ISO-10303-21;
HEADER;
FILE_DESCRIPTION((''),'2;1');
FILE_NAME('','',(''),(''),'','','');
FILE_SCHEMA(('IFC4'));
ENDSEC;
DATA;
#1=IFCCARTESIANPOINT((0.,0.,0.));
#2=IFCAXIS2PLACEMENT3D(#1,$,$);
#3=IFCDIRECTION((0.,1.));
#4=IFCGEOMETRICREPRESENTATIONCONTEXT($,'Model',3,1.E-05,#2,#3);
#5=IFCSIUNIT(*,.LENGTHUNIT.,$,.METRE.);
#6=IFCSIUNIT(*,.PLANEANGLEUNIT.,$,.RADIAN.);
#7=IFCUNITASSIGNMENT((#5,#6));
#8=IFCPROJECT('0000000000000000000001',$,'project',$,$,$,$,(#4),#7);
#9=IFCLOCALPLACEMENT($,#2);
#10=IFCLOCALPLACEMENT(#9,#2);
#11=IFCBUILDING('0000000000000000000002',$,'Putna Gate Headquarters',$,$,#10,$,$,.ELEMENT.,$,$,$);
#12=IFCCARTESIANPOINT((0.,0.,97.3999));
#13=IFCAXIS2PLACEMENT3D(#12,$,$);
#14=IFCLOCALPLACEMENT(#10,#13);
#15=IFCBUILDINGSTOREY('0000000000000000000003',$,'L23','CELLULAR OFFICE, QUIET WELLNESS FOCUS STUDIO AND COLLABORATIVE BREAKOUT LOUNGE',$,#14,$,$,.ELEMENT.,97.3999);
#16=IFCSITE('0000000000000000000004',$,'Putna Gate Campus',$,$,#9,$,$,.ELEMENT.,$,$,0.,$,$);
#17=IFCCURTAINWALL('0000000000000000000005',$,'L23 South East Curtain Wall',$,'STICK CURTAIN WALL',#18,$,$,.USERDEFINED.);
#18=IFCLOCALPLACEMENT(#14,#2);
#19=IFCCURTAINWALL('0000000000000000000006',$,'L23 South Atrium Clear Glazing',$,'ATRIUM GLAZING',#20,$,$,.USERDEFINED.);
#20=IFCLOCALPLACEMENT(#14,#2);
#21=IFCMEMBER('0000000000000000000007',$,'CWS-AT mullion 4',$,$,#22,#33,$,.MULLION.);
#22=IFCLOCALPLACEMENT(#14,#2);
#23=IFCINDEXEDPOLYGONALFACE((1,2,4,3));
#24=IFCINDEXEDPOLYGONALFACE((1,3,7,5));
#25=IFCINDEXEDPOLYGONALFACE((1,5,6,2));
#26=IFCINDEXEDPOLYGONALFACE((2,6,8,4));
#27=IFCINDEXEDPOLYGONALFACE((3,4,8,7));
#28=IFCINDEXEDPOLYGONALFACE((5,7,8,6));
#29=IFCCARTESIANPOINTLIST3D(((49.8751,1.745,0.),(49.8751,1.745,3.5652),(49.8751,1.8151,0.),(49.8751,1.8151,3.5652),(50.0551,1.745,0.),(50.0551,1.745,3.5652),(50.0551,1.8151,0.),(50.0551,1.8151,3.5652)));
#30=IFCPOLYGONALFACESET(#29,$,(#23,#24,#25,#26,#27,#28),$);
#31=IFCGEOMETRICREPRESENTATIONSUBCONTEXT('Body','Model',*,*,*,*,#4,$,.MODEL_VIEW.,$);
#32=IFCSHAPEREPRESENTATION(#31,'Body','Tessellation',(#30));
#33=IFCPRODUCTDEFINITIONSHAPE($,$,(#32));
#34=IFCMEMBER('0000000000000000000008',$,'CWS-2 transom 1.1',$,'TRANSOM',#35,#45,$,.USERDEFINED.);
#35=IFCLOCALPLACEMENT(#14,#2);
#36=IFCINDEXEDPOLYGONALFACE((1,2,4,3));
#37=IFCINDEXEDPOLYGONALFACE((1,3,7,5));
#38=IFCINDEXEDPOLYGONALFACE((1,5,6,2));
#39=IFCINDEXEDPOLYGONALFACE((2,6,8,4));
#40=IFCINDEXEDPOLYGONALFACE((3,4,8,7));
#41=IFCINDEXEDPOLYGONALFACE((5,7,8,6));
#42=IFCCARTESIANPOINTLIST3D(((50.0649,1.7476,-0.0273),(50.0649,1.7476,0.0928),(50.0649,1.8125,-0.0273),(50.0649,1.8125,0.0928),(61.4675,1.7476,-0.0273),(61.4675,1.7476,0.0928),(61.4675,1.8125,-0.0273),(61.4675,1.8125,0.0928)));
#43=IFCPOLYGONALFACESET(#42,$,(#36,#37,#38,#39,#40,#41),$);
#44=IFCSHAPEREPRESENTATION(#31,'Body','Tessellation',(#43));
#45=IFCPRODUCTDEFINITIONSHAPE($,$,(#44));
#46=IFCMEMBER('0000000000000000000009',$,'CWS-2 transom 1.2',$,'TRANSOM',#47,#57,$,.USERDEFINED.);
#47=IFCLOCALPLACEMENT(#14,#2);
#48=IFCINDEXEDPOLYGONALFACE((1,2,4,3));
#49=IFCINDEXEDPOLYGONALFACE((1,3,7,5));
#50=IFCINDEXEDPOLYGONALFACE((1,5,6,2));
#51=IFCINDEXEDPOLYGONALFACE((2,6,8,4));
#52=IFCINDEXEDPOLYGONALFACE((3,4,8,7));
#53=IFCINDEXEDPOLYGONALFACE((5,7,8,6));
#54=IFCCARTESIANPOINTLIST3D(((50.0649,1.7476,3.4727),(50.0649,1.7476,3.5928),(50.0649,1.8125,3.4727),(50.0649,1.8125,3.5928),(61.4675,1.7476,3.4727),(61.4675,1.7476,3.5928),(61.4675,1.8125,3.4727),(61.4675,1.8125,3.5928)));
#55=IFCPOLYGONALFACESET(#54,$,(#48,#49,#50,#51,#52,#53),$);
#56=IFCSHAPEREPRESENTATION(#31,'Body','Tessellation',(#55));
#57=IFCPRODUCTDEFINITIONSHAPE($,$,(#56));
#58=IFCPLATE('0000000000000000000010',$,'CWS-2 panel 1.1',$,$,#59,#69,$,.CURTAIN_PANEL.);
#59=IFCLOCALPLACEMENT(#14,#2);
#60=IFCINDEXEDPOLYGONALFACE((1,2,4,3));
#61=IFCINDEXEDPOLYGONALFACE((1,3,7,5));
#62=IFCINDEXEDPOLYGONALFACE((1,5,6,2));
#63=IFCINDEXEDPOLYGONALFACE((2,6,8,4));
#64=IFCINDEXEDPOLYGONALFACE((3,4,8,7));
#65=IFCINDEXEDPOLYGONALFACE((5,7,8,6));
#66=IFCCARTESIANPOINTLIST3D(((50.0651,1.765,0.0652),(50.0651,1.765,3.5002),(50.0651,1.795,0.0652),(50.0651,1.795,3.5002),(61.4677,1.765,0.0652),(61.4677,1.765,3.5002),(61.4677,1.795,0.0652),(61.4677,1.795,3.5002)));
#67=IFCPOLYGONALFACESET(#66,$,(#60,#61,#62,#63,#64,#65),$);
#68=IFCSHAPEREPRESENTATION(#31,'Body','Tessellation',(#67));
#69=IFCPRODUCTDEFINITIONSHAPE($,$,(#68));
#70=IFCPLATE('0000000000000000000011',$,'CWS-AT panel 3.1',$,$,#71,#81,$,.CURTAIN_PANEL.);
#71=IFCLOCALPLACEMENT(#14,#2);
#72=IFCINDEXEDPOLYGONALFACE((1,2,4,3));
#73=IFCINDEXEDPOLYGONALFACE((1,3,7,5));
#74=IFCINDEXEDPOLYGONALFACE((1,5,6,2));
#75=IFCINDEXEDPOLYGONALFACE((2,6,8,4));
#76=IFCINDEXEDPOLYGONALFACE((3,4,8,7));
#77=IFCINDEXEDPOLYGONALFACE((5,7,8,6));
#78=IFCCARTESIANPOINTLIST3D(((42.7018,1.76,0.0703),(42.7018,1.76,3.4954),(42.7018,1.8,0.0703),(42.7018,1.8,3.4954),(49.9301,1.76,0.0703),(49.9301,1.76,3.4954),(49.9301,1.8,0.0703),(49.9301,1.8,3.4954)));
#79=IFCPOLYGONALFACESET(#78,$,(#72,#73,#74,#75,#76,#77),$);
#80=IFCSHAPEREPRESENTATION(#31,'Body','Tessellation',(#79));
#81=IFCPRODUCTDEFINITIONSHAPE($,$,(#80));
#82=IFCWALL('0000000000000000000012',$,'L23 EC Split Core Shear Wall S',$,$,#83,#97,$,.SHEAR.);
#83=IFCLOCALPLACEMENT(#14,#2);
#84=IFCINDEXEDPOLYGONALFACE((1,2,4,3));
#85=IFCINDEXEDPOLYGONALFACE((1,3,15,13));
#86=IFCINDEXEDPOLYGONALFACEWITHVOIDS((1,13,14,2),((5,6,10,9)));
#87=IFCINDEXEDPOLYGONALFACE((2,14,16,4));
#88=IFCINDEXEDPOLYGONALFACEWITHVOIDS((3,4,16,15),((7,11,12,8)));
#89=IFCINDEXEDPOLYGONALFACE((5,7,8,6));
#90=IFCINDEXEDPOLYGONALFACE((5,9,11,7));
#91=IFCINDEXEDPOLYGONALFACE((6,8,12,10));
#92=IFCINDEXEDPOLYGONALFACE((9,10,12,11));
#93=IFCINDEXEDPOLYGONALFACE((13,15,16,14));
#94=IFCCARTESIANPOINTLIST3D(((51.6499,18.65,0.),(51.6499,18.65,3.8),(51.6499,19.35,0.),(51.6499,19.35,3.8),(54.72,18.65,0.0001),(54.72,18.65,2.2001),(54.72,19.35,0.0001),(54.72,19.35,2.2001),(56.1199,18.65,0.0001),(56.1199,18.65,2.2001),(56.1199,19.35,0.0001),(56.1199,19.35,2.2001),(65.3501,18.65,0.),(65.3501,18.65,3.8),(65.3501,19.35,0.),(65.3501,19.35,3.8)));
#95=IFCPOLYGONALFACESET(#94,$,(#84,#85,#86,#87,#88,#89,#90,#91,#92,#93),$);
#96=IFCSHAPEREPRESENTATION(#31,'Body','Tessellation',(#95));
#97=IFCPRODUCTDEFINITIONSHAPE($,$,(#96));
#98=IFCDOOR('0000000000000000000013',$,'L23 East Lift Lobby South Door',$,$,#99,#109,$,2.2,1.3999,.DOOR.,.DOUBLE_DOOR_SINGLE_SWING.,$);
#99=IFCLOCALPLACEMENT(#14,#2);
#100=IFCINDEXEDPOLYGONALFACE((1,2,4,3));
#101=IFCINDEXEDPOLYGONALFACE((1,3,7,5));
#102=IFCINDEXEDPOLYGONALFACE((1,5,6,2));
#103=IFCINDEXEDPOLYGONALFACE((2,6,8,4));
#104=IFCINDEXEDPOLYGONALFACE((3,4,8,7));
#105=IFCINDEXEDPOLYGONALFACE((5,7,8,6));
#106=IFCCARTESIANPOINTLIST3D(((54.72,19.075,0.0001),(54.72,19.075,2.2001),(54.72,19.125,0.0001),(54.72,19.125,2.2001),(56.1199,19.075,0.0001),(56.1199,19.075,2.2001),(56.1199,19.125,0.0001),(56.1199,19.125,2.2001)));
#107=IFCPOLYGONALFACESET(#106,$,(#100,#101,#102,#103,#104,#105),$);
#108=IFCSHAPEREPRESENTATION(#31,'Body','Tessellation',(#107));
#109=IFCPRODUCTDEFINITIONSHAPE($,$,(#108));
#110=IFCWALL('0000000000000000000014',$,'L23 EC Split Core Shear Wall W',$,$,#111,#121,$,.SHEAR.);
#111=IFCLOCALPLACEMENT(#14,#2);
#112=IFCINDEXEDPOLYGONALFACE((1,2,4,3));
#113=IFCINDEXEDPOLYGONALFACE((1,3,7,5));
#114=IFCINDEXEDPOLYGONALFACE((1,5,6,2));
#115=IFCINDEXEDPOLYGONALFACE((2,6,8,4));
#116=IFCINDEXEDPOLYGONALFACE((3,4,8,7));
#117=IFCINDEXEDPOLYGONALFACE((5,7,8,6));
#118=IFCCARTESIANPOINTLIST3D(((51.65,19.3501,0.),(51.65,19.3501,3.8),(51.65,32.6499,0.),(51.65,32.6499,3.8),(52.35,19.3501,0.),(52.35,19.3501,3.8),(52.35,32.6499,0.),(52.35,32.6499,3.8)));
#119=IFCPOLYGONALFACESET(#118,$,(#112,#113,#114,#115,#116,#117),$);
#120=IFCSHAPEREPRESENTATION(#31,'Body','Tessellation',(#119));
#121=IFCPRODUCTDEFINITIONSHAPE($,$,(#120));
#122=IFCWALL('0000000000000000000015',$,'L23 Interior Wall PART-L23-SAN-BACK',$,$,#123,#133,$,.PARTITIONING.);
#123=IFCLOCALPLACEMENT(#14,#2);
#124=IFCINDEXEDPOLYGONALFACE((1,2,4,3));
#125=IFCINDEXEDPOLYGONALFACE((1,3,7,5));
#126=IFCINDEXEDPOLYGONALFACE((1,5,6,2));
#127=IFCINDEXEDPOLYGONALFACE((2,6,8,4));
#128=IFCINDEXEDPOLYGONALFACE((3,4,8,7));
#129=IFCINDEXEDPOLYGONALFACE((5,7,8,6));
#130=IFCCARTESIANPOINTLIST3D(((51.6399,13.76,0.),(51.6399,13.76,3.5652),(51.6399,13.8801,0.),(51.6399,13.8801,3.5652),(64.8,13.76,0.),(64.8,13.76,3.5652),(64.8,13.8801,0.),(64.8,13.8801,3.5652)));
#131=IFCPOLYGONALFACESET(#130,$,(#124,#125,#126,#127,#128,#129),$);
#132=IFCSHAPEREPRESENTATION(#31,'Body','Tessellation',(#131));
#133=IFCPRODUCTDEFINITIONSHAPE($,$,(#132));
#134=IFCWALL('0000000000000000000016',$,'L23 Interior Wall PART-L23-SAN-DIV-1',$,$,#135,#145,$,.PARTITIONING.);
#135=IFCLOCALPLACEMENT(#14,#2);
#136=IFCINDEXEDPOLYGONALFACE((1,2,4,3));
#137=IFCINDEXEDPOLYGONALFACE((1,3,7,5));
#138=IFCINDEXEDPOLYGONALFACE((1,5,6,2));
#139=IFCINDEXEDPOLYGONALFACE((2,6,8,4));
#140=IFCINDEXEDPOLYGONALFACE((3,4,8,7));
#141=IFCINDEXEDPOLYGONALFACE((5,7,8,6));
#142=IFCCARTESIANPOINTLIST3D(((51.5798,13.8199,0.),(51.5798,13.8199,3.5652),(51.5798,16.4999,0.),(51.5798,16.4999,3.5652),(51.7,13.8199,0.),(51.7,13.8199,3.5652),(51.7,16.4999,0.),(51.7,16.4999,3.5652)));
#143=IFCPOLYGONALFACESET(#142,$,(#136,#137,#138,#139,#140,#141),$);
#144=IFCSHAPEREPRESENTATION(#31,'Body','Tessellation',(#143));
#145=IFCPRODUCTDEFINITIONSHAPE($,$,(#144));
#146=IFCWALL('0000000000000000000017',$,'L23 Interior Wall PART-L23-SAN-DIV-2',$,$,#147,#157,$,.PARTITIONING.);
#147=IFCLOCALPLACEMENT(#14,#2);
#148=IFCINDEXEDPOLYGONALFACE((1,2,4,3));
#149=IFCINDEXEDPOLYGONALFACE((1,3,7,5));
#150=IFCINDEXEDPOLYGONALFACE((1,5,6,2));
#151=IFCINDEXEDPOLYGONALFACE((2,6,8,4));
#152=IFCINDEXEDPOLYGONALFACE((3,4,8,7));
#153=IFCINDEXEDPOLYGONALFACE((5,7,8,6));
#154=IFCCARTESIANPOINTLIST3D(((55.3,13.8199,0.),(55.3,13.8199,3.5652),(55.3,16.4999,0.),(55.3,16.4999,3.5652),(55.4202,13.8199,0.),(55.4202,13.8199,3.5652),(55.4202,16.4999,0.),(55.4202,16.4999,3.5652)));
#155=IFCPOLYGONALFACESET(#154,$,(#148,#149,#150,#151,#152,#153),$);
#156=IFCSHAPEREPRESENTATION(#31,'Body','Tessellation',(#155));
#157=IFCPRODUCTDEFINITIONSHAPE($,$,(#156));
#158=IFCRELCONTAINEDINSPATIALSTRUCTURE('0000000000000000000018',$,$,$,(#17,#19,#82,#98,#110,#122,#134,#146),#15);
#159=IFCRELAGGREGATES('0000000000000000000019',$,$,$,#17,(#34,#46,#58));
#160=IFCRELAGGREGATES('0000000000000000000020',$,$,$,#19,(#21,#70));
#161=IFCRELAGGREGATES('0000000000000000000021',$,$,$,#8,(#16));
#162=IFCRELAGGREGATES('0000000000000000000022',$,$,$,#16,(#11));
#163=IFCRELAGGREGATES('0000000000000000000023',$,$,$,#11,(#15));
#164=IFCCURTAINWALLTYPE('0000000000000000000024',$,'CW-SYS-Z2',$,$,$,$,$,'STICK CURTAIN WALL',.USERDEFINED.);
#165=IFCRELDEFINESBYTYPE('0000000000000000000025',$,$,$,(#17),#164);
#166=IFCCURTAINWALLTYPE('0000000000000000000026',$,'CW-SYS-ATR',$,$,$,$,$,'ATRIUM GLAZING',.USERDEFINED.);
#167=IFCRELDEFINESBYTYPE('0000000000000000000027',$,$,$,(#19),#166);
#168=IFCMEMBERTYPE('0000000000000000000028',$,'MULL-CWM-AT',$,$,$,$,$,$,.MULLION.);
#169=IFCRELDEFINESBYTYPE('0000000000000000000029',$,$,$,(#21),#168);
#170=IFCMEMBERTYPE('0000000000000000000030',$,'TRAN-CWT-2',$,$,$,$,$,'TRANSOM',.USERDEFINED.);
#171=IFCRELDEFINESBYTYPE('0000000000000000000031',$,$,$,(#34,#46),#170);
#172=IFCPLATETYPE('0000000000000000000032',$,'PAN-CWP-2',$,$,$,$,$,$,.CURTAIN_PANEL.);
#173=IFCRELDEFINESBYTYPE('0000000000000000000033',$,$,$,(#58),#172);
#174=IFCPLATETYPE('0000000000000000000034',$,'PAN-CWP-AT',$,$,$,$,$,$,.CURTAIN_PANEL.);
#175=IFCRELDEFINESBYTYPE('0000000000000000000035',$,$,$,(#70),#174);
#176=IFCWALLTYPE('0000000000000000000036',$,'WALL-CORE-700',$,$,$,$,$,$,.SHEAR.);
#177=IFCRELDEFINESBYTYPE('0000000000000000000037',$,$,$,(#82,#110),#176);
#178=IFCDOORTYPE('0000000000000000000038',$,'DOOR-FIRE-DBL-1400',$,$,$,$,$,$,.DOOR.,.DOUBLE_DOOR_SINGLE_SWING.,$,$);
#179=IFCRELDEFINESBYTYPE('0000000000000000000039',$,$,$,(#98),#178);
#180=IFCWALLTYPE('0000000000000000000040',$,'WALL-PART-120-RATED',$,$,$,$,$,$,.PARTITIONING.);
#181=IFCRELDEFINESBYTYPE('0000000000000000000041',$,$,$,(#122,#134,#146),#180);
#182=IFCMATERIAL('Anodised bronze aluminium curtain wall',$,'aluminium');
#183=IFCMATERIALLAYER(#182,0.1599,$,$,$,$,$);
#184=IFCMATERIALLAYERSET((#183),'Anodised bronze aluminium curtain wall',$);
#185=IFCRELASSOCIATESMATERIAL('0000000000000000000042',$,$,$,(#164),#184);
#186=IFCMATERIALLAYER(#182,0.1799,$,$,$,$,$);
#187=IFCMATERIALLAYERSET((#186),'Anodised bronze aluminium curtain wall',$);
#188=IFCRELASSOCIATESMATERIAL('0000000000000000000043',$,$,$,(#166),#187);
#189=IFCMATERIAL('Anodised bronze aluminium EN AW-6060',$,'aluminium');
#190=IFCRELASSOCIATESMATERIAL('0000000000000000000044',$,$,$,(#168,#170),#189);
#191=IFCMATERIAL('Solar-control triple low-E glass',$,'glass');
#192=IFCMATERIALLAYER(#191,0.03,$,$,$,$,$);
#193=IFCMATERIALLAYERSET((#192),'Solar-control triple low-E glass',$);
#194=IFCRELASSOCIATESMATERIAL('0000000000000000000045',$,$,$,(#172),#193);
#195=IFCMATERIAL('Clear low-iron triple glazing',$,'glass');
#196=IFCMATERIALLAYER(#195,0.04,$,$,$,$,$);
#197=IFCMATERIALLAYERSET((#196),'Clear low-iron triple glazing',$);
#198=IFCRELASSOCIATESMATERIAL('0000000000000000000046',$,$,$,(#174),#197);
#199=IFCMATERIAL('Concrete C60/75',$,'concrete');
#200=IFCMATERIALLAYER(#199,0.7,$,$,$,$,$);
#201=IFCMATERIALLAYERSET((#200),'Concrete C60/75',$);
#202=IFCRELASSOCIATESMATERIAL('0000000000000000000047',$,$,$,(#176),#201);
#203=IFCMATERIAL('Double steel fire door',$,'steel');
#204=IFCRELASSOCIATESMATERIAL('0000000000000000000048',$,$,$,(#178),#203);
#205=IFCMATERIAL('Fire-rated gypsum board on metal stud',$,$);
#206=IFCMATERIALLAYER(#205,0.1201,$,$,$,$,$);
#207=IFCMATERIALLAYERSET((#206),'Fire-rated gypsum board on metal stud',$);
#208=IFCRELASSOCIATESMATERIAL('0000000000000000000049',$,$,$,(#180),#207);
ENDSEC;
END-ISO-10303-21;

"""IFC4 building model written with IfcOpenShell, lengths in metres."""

from ifc_helpers import new_model, si_unit, direction, frame, frame_2d, origin, origin_2d, place, context, subcontext, project, spatial, rectangle, extrude, material, layer, layer_set, material_profile, profile_set, type_object, element, fill, aggregate, save


model = new_model("IFC4")

# Units and contexts
model_context = context("Model", 3, precision=1e-05, world=origin(), true_north=direction((0.0, 1.0)))
body_context = subcontext(model_context, "Body", "Model", "MODEL_VIEW")
ifc_project = project(units=[si_unit("LENGTHUNIT", "METRE"), si_unit("PLANEANGLEUNIT", "RADIAN")], contexts=[model_context])

# Site, building, storey
site_placement = place(None, origin())
site = spatial("IfcSite", under=ifc_project, at=site_placement, Name="Putna Gate Campus", CompositionType="ELEMENT", RefElevation=0.0)
building_placement = place(site_placement, origin())
building = spatial("IfcBuilding", under=site, at=building_placement, Name="Putna Gate Headquarters", CompositionType="ELEMENT")
storey_placement = place(building_placement, frame((0.0, 0.0, 97.3999)))
storey = spatial("IfcBuildingStorey", under=building, at=storey_placement, Name="L23", Description="CELLULAR OFFICE, QUIET WELLNESS FOCUS STUDIO AND COLLABORATIVE BREAKOUT LOUNGE", CompositionType="ELEMENT", Elevation=97.3999)

# Shared definitions
ifc_material_1 = material(Name="Concrete C60/75", Category="concrete")

# Curtain walls, member
ifc_material_2 = material(Name="Anodised bronze aluminium curtain wall", Category="aluminium")
ifc_layer_1 = layer(ifc_material_2, 0.1599)
ifc_layer_set_1 = layer_set([ifc_layer_1], Name="Anodised bronze aluminium curtain wall")
curtain_wall_type_1 = type_object("IfcCurtainWallType", Name="CW-SYS-Z2", ElementType="STICK CURTAIN WALL", PredefinedType="USERDEFINED", material=ifc_layer_set_1)
curtain_wall_1_placement = place(storey_placement, origin())
curtain_wall_1 = element("IfcCurtainWall", 1, at=curtain_wall_1_placement, inside=storey, type_object=curtain_wall_type_1, Name="L23 South East Curtain Wall", ObjectType="STICK CURTAIN WALL", PredefinedType="USERDEFINED")
ifc_material_3 = material(Name="Anodised bronze aluminium EN AW-6060", Category="aluminium")
ifc_layer_2 = layer(ifc_material_2, 0.1799)
ifc_layer_set_2 = layer_set([ifc_layer_2], Name="Anodised bronze aluminium curtain wall")
curtain_wall_type_2 = type_object("IfcCurtainWallType", Name="CW-SYS-ATR", ElementType="ATRIUM GLAZING", PredefinedType="USERDEFINED", material=ifc_layer_set_2)
curtain_wall_2_placement = place(storey_placement, origin())
curtain_wall_2 = element("IfcCurtainWall", 2, at=curtain_wall_2_placement, inside=storey, type_object=curtain_wall_type_2, Name="L23 South Atrium Clear Glazing", ObjectType="ATRIUM GLAZING", PredefinedType="USERDEFINED")
ifc_material_profile_1 = material_profile(ifc_material_3, rectangle(XDim=0.0701, YDim=0.1799, at=origin_2d()), Name="Anodised bronze aluminium EN AW-6060")
ifc_profile_set_1 = profile_set([ifc_material_profile_1], Name="Anodised bronze aluminium EN AW-6060")
member_type_1 = type_object("IfcMemberType", Name="MULL-CWM-AT", PredefinedType="MULLION", material=ifc_profile_set_1)
member_1_placement = place(storey_placement, frame((49.9651, 1.78, 0.0), z_axis=(0.0, 0.0, 1.0), x_axis=(0.0, 1.0, 0.0)))
member_1 = element("IfcMember", 3, at=member_1_placement, type_object=member_type_1, Name="CWS-AT mullion 4", PredefinedType="MULLION", context=body_context, shape_type="SweptSolid", body=[
    extrude(rectangle(XDim=0.0701, YDim=0.1799, at=origin_2d()), origin(), (0.0, 0.0, 1.0), 3.5652),
])

# Members
ifc_material_profile_2 = material_profile(ifc_material_3, rectangle(XDim=0.0649, YDim=0.1201, at=origin_2d()), Name="Anodised bronze aluminium EN AW-6060")
ifc_profile_set_2 = profile_set([ifc_material_profile_2], Name="Anodised bronze aluminium EN AW-6060")
member_type_2 = type_object("IfcMemberType", Name="TRAN-CWT-2", ElementType="TRANSOM", PredefinedType="USERDEFINED", material=ifc_profile_set_2)
member_2_placement = place(storey_placement, frame((50.0649, 1.78, 0.0327), z_axis=(1.0, 0.0, 0.0), x_axis=(0.0, 1.0, 0.0)))
member_2 = element("IfcMember", 4, at=member_2_placement, type_object=member_type_2, Name="CWS-2 transom 1.1", ObjectType="TRANSOM", PredefinedType="USERDEFINED", context=body_context, shape_type="SweptSolid", body=[
    extrude(rectangle(XDim=0.0649, YDim=0.1201, at=origin_2d()), origin(), (0.0, 0.0, 1.0), 11.4026),
])
member_3_placement = place(storey_placement, frame((50.0649, 1.78, 3.5327), z_axis=(1.0, 0.0, 0.0), x_axis=(0.0, 1.0, 0.0)))
member_3 = element("IfcMember", 5, at=member_3_placement, type_object=member_type_2, Name="CWS-2 transom 1.2", ObjectType="TRANSOM", PredefinedType="USERDEFINED", context=body_context, shape_type="SweptSolid", body=[
    extrude(rectangle(XDim=0.0649, YDim=0.1201, at=origin_2d()), origin(), (0.0, 0.0, 1.0), 11.4026),
])

# Plates
ifc_material_4 = material(Name="Solar-control triple low-E glass", Category="glass")
ifc_layer_3 = layer(ifc_material_4, 0.03)
ifc_layer_set_3 = layer_set([ifc_layer_3], Name="Solar-control triple low-E glass")
plate_type_1 = type_object("IfcPlateType", Name="PAN-CWP-2", PredefinedType="CURTAIN_PANEL", material=ifc_layer_set_3)
plate_1_placement = place(storey_placement, frame((55.7664, 1.78, 0.0652), z_axis=(0.0, 0.0, 1.0), x_axis=(1.0, 0.0, 0.0)))
plate_1 = element("IfcPlate", 6, at=plate_1_placement, type_object=plate_type_1, Name="CWS-2 panel 1.1", PredefinedType="CURTAIN_PANEL", context=body_context, shape_type="SweptSolid", body=[
    extrude(rectangle(XDim=11.4026, YDim=0.03, at=origin_2d()), origin(), (0.0, 0.0, 1.0), 3.4351),
])
aggregate(curtain_wall_1, [member_2, member_3, plate_1])
ifc_material_5 = material(Name="Clear low-iron triple glazing", Category="glass")
ifc_layer_4 = layer(ifc_material_5, 0.04)
ifc_layer_set_4 = layer_set([ifc_layer_4], Name="Clear low-iron triple glazing")
plate_type_2 = type_object("IfcPlateType", Name="PAN-CWP-AT", PredefinedType="CURTAIN_PANEL", material=ifc_layer_set_4)
plate_2_placement = place(storey_placement, frame((46.3159, 1.78, 0.0703), z_axis=(0.0, 0.0, 1.0), x_axis=(1.0, 0.0, 0.0)))
plate_2 = element("IfcPlate", 7, at=plate_2_placement, type_object=plate_type_2, Name="CWS-AT panel 3.1", PredefinedType="CURTAIN_PANEL", context=body_context, shape_type="SweptSolid", body=[
    extrude(rectangle(XDim=7.2283, YDim=0.04, at=origin_2d()), origin(), (0.0, 0.0, 1.0), 3.425),
])
aggregate(curtain_wall_2, [member_1, plate_2])

# Wall, opening, door
ifc_layer_5 = layer(ifc_material_1, 0.7)
ifc_layer_set_5 = layer_set([ifc_layer_5], Name="Concrete C60/75")
wall_type_1 = type_object("IfcWallType", Name="WALL-CORE-700", PredefinedType="SHEAR", material=ifc_layer_set_5)
wall_1_placement = place(storey_placement, frame((51.6499, 19.0, 0.0), z_axis=(0.0, 0.0, 1.0), x_axis=(1.0, 0.0, 0.0)))
wall_1 = element("IfcWall", 8, at=wall_1_placement, inside=storey, type_object=wall_type_1, Name="L23 EC Split Core Shear Wall S", PredefinedType="SHEAR", context=body_context, shape_type="SweptSolid", body=[
    extrude(rectangle(XDim=13.7002, YDim=0.7, at=frame_2d((6.8501, 0.0))), origin(), (0.0, 0.0, 1.0), 3.8),
])
opening_1_placement = place(wall_1_placement, frame((3.0701, 0.0, 0.0)))
opening_1 = element("IfcOpeningElement", 9, at=opening_1_placement, cuts=wall_1, PredefinedType="OPENING", context=body_context, shape_type="SweptSolid", body=[
    extrude(rectangle(XDim=1.3999, YDim=2.2, at=frame_2d((0.7, 1.1001))), frame((0.0, 0.3599, 0.0), z_axis=(0.0, -1.0, 0.0), x_axis=(1.0, 0.0, 0.0)), (0.0, 0.0, 1.0), 0.72),
])
ifc_material_6 = material(Name="Double steel fire door", Category="steel")
door_type_1 = type_object("IfcDoorType", Name="DOOR-FIRE-DBL-1400", OperationType="DOUBLE_DOOR_SINGLE_SWING", PredefinedType="DOOR", material=ifc_material_6)
door_1_placement = place(opening_1_placement, origin())
door_1 = element("IfcDoor", 10, at=door_1_placement, inside=storey, type_object=door_type_1, Name="L23 East Lift Lobby South Door", OperationType="DOUBLE_DOOR_SINGLE_SWING", OverallHeight=2.2, OverallWidth=1.3999, PredefinedType="DOOR", context=body_context, shape_type="SweptSolid", body=[
    extrude(rectangle(XDim=1.3999, YDim=2.2, at=frame_2d((0.7, 1.1001))), frame((0.0, 0.125, 0.0), z_axis=(0.0, -1.0, 0.0), x_axis=(1.0, 0.0, 0.0)), (0.0, 0.0, 1.0), 0.05),
])
fill(opening_1, door_1)

# Wall
wall_2_placement = place(storey_placement, frame((52.0, 19.3501, 0.0), z_axis=(0.0, 0.0, 1.0), x_axis=(0.0, 1.0, 0.0)))
element("IfcWall", 11, at=wall_2_placement, inside=storey, type_object=wall_type_1, Name="L23 EC Split Core Shear Wall W", PredefinedType="SHEAR", context=body_context, shape_type="SweptSolid", body=[
    extrude(rectangle(XDim=13.2998, YDim=0.7, at=frame_2d((6.6499, 0.0))), origin(), (0.0, 0.0, 1.0), 3.8),
])

# Shared definitions
ifc_material_7 = material(Name="Fire-rated gypsum board on metal stud")
ifc_layer_6 = layer(ifc_material_7, 0.1201)
ifc_layer_set_6 = layer_set([ifc_layer_6], Name="Fire-rated gypsum board on metal stud")
wall_type_2 = type_object("IfcWallType", Name="WALL-PART-120-RATED", PredefinedType="PARTITIONING", material=ifc_layer_set_6)

# Walls
wall_3_placement = place(storey_placement, frame((51.6399, 13.8201, 0.0), z_axis=(0.0, 0.0, 1.0), x_axis=(1.0, 0.0, 0.0)))
element("IfcWall", 12, at=wall_3_placement, inside=storey, type_object=wall_type_2, Name="L23 Interior Wall PART-L23-SAN-BACK", PredefinedType="PARTITIONING", context=body_context, shape_type="SweptSolid", body=[
    extrude(rectangle(XDim=13.1602, YDim=0.1201, at=frame_2d((6.5801, 0.0))), origin(), (0.0, 0.0, 1.0), 3.5652),
])
for number, where, z_axis, x_axis, name in (
    (13, (51.6399, 13.8201, 0.0), (0.0, 0.0, 1.0), (0.0, 1.0, 0.0), "L23 Interior Wall PART-L23-SAN-DIV-1"),
    (14, (55.3601, 13.8201, 0.0), (0.0, 0.0, 1.0), (0.0, 1.0, 0.0), "L23 Interior Wall PART-L23-SAN-DIV-2"),
):
    element("IfcWall", number, at=place(storey_placement, frame(where, z_axis=z_axis, x_axis=x_axis)), inside=storey, type_object=wall_type_2, Name=name, PredefinedType="PARTITIONING", context=body_context, shape_type="SweptSolid", body=[
        extrude(rectangle(XDim=2.6799, YDim=0.1201, at=frame_2d((1.3398, 0.0))), origin(), (0.0, 0.0, 1.0), 3.5652),
    ])

save(model, "model.ifc")
